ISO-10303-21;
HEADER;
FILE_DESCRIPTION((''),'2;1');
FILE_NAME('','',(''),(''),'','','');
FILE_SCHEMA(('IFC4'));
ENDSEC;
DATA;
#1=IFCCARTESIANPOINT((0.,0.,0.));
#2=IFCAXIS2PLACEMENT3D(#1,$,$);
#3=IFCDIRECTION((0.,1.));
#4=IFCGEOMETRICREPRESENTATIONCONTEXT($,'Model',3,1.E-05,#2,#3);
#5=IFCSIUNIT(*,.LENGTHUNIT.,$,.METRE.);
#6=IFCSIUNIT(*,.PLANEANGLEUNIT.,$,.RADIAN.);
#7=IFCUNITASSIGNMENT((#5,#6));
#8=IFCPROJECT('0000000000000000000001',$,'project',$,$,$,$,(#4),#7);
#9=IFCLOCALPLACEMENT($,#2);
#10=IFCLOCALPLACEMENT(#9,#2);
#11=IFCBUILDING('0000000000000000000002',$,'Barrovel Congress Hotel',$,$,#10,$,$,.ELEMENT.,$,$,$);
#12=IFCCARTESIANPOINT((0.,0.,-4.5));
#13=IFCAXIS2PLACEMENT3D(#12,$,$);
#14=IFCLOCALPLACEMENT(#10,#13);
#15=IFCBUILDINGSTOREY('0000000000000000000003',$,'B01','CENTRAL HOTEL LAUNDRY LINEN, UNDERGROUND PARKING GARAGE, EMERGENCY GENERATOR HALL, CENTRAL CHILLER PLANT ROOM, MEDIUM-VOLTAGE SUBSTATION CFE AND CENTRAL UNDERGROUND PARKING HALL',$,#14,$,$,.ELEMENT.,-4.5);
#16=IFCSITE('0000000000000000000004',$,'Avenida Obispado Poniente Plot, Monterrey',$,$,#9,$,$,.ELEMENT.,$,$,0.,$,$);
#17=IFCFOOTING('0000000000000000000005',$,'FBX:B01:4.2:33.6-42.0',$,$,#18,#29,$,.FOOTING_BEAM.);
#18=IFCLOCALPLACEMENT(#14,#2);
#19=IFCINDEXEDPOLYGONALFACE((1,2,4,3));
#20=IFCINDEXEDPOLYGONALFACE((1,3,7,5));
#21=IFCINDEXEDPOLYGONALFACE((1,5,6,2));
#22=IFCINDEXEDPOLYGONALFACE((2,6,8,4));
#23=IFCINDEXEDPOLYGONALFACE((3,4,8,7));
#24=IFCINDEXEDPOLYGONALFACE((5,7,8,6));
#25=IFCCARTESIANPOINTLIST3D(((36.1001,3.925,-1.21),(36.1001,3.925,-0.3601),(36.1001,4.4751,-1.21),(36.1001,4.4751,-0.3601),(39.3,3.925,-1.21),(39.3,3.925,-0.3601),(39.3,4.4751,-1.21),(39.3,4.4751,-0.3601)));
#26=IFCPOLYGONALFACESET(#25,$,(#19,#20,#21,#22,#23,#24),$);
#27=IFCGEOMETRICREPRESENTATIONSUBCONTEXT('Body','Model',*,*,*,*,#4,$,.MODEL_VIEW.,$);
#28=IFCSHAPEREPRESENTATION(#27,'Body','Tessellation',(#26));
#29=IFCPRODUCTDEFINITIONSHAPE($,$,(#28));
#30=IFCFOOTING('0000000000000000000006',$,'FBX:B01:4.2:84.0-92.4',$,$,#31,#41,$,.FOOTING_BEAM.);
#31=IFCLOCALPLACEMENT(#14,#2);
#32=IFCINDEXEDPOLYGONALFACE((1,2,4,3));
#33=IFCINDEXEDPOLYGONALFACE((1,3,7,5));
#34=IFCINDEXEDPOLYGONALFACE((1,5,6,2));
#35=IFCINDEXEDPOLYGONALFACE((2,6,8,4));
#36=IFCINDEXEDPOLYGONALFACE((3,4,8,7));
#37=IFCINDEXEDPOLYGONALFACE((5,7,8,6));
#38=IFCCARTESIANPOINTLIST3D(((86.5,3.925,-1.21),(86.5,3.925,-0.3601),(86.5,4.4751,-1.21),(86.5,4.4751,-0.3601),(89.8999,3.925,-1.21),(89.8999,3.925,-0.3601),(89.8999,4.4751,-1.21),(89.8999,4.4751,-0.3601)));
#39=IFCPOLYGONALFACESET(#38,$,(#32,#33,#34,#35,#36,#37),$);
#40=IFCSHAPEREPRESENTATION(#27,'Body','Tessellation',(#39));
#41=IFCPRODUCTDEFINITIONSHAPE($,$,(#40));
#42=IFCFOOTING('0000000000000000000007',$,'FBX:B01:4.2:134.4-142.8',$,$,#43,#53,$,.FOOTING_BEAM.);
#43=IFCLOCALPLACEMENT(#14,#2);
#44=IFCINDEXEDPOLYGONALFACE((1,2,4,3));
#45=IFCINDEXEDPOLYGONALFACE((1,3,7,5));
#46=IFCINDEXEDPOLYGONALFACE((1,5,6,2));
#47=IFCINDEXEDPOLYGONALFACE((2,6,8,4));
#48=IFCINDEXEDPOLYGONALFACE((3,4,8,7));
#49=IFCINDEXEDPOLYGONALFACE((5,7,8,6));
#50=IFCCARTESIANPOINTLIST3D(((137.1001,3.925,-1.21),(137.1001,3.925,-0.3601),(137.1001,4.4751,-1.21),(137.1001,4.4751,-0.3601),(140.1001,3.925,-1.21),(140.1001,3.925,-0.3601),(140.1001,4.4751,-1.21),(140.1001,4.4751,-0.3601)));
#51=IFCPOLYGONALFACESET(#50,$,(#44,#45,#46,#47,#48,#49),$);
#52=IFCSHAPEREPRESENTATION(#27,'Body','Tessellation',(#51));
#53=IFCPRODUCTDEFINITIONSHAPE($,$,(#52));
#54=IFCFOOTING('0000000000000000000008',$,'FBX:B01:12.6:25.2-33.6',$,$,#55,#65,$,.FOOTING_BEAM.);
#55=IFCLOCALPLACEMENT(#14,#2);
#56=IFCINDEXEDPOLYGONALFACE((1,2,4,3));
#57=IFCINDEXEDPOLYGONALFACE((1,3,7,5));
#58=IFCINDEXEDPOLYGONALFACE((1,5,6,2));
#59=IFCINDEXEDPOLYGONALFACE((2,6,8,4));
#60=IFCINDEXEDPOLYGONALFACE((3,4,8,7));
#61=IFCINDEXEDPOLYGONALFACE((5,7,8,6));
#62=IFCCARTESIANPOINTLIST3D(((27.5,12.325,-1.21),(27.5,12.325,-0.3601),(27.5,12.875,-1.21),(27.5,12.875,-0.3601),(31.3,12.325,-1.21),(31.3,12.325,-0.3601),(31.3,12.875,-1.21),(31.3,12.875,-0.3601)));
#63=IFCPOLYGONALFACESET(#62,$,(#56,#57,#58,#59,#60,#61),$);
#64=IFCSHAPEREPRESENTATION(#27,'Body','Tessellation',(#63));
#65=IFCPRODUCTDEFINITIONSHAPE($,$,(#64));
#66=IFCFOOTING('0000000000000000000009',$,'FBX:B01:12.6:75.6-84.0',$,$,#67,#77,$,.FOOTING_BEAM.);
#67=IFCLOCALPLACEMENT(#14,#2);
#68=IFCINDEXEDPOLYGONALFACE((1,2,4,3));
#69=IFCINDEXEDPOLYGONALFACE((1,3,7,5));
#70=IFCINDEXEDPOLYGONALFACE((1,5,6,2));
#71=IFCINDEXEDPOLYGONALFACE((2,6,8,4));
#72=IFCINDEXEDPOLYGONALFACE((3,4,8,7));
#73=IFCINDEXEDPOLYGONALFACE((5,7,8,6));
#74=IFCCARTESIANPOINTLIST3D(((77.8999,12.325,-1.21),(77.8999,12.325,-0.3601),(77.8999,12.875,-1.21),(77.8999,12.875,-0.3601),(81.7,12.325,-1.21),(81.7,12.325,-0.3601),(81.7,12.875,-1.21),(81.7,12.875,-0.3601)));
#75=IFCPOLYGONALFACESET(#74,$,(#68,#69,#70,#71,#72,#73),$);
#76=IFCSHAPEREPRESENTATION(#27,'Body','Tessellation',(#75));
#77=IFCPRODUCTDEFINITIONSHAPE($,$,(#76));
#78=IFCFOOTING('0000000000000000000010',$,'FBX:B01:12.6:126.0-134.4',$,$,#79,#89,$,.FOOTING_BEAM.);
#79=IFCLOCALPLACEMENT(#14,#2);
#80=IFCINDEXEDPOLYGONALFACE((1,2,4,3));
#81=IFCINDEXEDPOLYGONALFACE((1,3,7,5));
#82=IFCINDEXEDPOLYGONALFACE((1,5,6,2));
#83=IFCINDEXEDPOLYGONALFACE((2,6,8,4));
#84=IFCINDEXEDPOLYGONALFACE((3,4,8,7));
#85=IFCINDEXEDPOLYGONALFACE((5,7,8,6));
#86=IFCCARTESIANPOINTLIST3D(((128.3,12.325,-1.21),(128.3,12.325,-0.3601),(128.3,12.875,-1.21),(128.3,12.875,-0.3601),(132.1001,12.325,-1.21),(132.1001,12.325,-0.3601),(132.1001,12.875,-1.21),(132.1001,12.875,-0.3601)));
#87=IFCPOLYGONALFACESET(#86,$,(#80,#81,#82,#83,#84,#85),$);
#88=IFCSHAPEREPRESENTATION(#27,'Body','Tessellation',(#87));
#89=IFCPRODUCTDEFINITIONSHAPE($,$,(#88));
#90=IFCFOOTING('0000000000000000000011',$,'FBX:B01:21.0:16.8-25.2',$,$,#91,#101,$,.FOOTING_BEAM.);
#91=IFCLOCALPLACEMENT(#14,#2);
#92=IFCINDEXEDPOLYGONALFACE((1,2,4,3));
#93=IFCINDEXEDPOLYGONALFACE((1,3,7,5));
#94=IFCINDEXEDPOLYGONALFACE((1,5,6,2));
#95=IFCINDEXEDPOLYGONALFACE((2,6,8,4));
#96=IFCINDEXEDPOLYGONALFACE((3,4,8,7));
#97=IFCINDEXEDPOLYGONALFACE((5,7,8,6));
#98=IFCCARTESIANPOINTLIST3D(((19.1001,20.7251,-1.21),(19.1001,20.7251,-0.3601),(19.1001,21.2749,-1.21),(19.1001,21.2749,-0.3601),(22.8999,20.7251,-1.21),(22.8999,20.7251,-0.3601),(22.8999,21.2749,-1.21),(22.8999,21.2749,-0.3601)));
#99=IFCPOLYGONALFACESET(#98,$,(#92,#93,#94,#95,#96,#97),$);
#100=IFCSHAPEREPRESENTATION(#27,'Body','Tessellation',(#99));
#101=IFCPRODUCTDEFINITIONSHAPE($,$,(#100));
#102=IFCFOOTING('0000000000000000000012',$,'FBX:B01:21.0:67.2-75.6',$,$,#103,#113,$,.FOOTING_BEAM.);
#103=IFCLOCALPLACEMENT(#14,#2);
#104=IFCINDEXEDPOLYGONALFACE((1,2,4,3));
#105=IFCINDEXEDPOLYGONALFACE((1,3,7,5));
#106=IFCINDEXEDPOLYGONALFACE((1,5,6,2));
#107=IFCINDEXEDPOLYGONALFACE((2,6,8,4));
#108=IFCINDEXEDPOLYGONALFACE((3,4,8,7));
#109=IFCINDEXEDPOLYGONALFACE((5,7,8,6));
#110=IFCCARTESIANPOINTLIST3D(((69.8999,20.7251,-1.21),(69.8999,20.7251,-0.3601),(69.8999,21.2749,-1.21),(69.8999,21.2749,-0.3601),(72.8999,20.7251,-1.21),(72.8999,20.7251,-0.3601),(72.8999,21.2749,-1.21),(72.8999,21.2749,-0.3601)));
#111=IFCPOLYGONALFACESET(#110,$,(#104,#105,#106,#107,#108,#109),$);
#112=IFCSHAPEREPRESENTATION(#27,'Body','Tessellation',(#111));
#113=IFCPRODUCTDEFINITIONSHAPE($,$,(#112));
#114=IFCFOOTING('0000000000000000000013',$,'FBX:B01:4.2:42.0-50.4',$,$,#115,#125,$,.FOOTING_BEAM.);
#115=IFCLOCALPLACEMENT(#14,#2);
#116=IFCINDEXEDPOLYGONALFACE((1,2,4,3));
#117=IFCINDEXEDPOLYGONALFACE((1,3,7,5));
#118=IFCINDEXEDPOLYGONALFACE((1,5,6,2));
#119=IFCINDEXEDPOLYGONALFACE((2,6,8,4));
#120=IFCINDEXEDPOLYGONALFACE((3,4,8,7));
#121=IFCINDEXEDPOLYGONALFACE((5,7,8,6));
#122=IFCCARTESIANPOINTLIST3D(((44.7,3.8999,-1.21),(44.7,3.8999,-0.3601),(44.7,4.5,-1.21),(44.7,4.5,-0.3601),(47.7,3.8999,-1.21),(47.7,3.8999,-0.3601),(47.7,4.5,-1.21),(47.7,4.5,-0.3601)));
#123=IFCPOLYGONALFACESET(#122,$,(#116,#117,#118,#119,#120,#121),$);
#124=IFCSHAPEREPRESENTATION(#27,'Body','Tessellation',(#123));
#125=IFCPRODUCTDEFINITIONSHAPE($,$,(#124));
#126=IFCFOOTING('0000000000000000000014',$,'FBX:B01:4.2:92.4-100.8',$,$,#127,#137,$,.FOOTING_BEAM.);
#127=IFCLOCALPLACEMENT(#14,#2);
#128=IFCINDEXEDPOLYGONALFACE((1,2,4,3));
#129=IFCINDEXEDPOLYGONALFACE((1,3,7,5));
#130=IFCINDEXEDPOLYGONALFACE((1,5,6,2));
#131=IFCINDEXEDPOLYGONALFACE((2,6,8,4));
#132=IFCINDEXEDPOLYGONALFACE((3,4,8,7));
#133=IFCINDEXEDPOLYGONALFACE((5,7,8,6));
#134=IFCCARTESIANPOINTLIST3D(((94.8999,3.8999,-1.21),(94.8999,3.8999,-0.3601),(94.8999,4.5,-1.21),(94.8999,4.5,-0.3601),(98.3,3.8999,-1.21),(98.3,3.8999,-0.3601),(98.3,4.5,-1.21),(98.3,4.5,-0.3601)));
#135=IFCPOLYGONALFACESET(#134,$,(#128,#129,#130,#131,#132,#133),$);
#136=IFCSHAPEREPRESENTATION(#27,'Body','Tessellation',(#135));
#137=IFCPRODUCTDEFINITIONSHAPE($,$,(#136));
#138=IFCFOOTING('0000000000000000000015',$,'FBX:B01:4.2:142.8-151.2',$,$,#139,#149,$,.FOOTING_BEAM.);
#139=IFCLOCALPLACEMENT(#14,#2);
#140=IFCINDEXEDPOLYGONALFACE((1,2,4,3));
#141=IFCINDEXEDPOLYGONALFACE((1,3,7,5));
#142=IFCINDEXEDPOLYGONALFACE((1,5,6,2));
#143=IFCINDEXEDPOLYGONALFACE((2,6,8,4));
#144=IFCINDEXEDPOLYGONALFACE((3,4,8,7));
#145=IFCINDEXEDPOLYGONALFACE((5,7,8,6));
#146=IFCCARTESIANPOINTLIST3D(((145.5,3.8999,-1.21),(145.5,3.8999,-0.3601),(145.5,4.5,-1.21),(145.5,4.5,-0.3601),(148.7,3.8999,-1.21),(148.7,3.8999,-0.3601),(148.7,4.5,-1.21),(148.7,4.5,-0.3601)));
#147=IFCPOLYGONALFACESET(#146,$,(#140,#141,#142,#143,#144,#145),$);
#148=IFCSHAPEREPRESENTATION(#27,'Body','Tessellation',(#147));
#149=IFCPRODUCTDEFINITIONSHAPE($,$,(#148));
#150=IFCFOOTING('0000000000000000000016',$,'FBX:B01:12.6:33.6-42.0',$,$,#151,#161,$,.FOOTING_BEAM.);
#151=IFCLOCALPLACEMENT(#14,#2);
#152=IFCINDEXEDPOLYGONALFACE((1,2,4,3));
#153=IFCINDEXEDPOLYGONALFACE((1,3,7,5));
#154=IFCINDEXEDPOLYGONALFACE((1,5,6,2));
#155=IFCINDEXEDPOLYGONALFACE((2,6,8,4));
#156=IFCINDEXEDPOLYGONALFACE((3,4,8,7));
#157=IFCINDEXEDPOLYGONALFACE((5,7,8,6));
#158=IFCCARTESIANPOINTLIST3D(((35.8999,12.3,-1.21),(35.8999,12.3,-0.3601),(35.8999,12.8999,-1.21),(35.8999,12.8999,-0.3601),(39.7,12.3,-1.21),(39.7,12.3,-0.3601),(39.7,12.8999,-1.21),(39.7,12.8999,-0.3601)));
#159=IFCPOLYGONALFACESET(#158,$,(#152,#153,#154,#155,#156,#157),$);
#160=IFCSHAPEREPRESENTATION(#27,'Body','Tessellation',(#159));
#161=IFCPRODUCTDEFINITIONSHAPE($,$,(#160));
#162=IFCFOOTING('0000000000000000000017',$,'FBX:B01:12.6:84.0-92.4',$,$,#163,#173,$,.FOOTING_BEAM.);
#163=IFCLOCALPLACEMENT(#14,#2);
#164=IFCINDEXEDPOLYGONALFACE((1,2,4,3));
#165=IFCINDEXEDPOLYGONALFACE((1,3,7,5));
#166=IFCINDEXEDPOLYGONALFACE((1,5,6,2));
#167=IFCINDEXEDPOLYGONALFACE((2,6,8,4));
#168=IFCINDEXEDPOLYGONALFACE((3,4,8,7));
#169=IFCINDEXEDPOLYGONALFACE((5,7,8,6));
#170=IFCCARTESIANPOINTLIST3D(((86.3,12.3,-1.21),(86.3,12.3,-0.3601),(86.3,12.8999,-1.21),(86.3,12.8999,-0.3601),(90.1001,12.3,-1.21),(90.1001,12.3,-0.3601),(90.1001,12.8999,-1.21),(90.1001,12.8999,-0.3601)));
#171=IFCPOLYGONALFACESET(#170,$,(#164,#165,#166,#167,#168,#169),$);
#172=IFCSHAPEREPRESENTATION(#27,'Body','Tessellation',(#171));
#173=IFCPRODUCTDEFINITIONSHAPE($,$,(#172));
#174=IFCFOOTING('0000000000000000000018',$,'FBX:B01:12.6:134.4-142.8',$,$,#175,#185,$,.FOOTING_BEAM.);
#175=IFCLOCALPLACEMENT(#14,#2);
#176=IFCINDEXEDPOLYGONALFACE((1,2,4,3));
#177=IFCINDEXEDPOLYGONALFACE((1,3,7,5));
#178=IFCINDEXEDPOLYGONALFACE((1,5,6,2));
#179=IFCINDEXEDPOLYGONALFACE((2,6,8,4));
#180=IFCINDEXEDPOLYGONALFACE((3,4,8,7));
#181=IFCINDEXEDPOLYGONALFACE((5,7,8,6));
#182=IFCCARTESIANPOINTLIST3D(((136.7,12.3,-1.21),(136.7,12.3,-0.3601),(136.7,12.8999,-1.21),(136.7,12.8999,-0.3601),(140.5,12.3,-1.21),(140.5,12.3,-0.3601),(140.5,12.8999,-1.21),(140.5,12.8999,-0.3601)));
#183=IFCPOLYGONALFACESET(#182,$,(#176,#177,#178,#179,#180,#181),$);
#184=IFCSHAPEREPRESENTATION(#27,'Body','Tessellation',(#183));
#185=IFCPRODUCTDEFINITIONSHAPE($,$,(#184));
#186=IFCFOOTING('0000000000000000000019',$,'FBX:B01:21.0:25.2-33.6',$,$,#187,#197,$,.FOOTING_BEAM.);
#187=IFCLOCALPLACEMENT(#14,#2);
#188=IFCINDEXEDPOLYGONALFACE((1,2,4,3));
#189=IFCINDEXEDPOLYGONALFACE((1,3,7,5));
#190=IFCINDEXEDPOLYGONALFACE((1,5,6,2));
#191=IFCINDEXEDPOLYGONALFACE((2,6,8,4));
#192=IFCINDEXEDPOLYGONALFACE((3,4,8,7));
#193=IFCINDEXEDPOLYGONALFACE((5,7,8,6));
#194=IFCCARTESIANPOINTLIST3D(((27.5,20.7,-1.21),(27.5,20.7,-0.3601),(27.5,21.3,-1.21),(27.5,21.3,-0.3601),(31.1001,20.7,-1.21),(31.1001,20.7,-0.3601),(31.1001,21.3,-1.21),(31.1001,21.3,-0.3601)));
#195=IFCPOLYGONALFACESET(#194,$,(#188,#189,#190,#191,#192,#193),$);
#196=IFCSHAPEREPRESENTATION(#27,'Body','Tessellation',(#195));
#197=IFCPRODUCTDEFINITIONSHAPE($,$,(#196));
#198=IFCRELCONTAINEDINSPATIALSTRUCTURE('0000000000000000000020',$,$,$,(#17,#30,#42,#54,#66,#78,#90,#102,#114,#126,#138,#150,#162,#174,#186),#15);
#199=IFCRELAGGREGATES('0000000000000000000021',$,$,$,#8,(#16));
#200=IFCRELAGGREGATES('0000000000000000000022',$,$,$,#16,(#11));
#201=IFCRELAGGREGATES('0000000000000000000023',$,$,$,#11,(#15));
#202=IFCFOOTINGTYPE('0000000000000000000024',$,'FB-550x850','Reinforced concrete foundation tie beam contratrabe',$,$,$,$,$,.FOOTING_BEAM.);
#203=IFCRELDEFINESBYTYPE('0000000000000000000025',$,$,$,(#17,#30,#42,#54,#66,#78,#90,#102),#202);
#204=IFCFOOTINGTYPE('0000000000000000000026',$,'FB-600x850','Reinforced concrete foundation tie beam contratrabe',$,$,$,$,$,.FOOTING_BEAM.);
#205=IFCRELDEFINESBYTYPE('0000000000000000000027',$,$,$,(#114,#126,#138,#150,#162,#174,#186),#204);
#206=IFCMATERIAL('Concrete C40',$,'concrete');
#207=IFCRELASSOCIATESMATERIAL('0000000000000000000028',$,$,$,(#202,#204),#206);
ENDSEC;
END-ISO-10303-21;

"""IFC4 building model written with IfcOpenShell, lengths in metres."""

from ifc_helpers import new_model, si_unit, direction, frame, origin, place, context, subcontext, project, spatial, polyline, outline, extrude, material, type_object, element, save


model = new_model("IFC4")

# Units and contexts
model_context = context("Model", 3, precision=1e-05, world=origin(), true_north=direction((0.0, 1.0)))
body_context = subcontext(model_context, "Body", "Model", "MODEL_VIEW")
ifc_project = project(units=[si_unit("LENGTHUNIT", "METRE"), si_unit("PLANEANGLEUNIT", "RADIAN")], contexts=[model_context])

# Site, building, storey
site_placement = place(None, origin())
site = spatial("IfcSite", under=ifc_project, at=site_placement, Name="Avenida Obispado Poniente Plot, Monterrey", CompositionType="ELEMENT", RefElevation=0.0)
building_placement = place(site_placement, origin())
building = spatial("IfcBuilding", under=site, at=building_placement, Name="Barrovel Congress Hotel", CompositionType="ELEMENT")
storey_placement = place(building_placement, frame((0.0, 0.0, -4.5)))
storey = spatial("IfcBuildingStorey", under=building, at=storey_placement, Name="B01", Description="CENTRAL HOTEL LAUNDRY LINEN, UNDERGROUND PARKING GARAGE, EMERGENCY GENERATOR HALL, CENTRAL CHILLER PLANT ROOM, MEDIUM-VOLTAGE SUBSTATION CFE AND CENTRAL UNDERGROUND PARKING HALL", CompositionType="ELEMENT", Elevation=-4.5)

# Footings
ifc_material = material(Name="Concrete C40", Category="concrete")
footing_type_1 = type_object("IfcFootingType", Name="FB-550x850", Description="Reinforced concrete foundation tie beam contratrabe", PredefinedType="FOOTING_BEAM", material=ifc_material)
footing_1_placement = place(storey_placement, frame((0.0, 0.0, -1.21)))
element("IfcFooting", 1, at=footing_1_placement, inside=storey, type_object=footing_type_1, Name="FBX:B01:4.2:33.6-42.0", PredefinedType="FOOTING_BEAM", context=body_context, shape_type="SweptSolid", body=[
    extrude(outline(polyline([(36.1001, 3.925), (39.3, 3.925), (39.3, 4.4751), (36.1001, 4.4751), (36.1001, 3.925)])), origin(), (0.0, 0.0, 1.0), 0.8499),
])
footing_2_placement = place(storey_placement, frame((0.0, 0.0, -1.21)))
element("IfcFooting", 2, at=footing_2_placement, inside=storey, type_object=footing_type_1, Name="FBX:B01:4.2:84.0-92.4", PredefinedType="FOOTING_BEAM", context=body_context, shape_type="SweptSolid", body=[
    extrude(outline(polyline([(86.5, 3.925), (89.8999, 3.925), (89.8999, 4.4751), (86.5, 4.4751), (86.5, 3.925)])), origin(), (0.0, 0.0, 1.0), 0.8499),
])
footing_3_placement = place(storey_placement, frame((0.0, 0.0, -1.21)))
element("IfcFooting", 3, at=footing_3_placement, inside=storey, type_object=footing_type_1, Name="FBX:B01:4.2:134.4-142.8", PredefinedType="FOOTING_BEAM", context=body_context, shape_type="SweptSolid", body=[
    extrude(outline(polyline([(137.1001, 3.925), (140.1001, 3.925), (140.1001, 4.4751), (137.1001, 4.4751), (137.1001, 3.925)])), origin(), (0.0, 0.0, 1.0), 0.8499),
])
footing_4_placement = place(storey_placement, frame((0.0, 0.0, -1.21)))
element("IfcFooting", 4, at=footing_4_placement, inside=storey, type_object=footing_type_1, Name="FBX:B01:12.6:25.2-33.6", PredefinedType="FOOTING_BEAM", context=body_context, shape_type="SweptSolid", body=[
    extrude(outline(polyline([(27.5, 12.325), (31.3, 12.325), (31.3, 12.875), (27.5, 12.875), (27.5, 12.325)])), origin(), (0.0, 0.0, 1.0), 0.8499),
])
footing_5_placement = place(storey_placement, frame((0.0, 0.0, -1.21)))
element("IfcFooting", 5, at=footing_5_placement, inside=storey, type_object=footing_type_1, Name="FBX:B01:12.6:75.6-84.0", PredefinedType="FOOTING_BEAM", context=body_context, shape_type="SweptSolid", body=[
    extrude(outline(polyline([(77.8999, 12.325), (81.7, 12.325), (81.7, 12.875), (77.8999, 12.875), (77.8999, 12.325)])), origin(), (0.0, 0.0, 1.0), 0.8499),
])
footing_6_placement = place(storey_placement, frame((0.0, 0.0, -1.21)))
element("IfcFooting", 6, at=footing_6_placement, inside=storey, type_object=footing_type_1, Name="FBX:B01:12.6:126.0-134.4", PredefinedType="FOOTING_BEAM", context=body_context, shape_type="SweptSolid", body=[
    extrude(outline(polyline([(128.3, 12.325), (132.1001, 12.325), (132.1001, 12.875), (128.3, 12.875), (128.3, 12.325)])), origin(), (0.0, 0.0, 1.0), 0.8499),
])
footing_7_placement = place(storey_placement, frame((0.0, 0.0, -1.21)))
element("IfcFooting", 7, at=footing_7_placement, inside=storey, type_object=footing_type_1, Name="FBX:B01:21.0:16.8-25.2", PredefinedType="FOOTING_BEAM", context=body_context, shape_type="SweptSolid", body=[
    extrude(outline(polyline([(19.1001, 20.7251), (22.8999, 20.7251), (22.8999, 21.2749), (19.1001, 21.2749), (19.1001, 20.7251)])), origin(), (0.0, 0.0, 1.0), 0.8499),
])
footing_8_placement = place(storey_placement, frame((0.0, 0.0, -1.21)))
element("IfcFooting", 8, at=footing_8_placement, inside=storey, type_object=footing_type_1, Name="FBX:B01:21.0:67.2-75.6", PredefinedType="FOOTING_BEAM", context=body_context, shape_type="SweptSolid", body=[
    extrude(outline(polyline([(69.8999, 20.7251), (72.8999, 20.7251), (72.8999, 21.2749), (69.8999, 21.2749), (69.8999, 20.7251)])), origin(), (0.0, 0.0, 1.0), 0.8499),
])
footing_type_2 = type_object("IfcFootingType", Name="FB-600x850", Description="Reinforced concrete foundation tie beam contratrabe", PredefinedType="FOOTING_BEAM", material=ifc_material)
footing_9_placement = place(storey_placement, frame((0.0, 0.0, -1.21)))
element("IfcFooting", 9, at=footing_9_placement, inside=storey, type_object=footing_type_2, Name="FBX:B01:4.2:42.0-50.4", PredefinedType="FOOTING_BEAM", context=body_context, shape_type="SweptSolid", body=[
    extrude(outline(polyline([(44.7, 3.8999), (47.7, 3.8999), (47.7, 4.5), (44.7, 4.5), (44.7, 3.8999)])), origin(), (0.0, 0.0, 1.0), 0.8499),
])
footing_10_placement = place(storey_placement, frame((0.0, 0.0, -1.21)))
element("IfcFooting", 10, at=footing_10_placement, inside=storey, type_object=footing_type_2, Name="FBX:B01:4.2:92.4-100.8", PredefinedType="FOOTING_BEAM", context=body_context, shape_type="SweptSolid", body=[
    extrude(outline(polyline([(94.8999, 3.8999), (98.3, 3.8999), (98.3, 4.5), (94.8999, 4.5), (94.8999, 3.8999)])), origin(), (0.0, 0.0, 1.0), 0.8499),
])
footing_11_placement = place(storey_placement, frame((0.0, 0.0, -1.21)))
element("IfcFooting", 11, at=footing_11_placement, inside=storey, type_object=footing_type_2, Name="FBX:B01:4.2:142.8-151.2", PredefinedType="FOOTING_BEAM", context=body_context, shape_type="SweptSolid", body=[
    extrude(outline(polyline([(145.5, 3.8999), (148.7, 3.8999), (148.7, 4.5), (145.5, 4.5), (145.5, 3.8999)])), origin(), (0.0, 0.0, 1.0), 0.8499),
])
footing_12_placement = place(storey_placement, frame((0.0, 0.0, -1.21)))
element("IfcFooting", 12, at=footing_12_placement, inside=storey, type_object=footing_type_2, Name="FBX:B01:12.6:33.6-42.0", PredefinedType="FOOTING_BEAM", context=body_context, shape_type="SweptSolid", body=[
    extrude(outline(polyline([(35.8999, 12.3), (39.7, 12.3), (39.7, 12.8999), (35.8999, 12.8999), (35.8999, 12.3)])), origin(), (0.0, 0.0, 1.0), 0.8499),
])
footing_13_placement = place(storey_placement, frame((0.0, 0.0, -1.21)))
element("IfcFooting", 13, at=footing_13_placement, inside=storey, type_object=footing_type_2, Name="FBX:B01:12.6:84.0-92.4", PredefinedType="FOOTING_BEAM", context=body_context, shape_type="SweptSolid", body=[
    extrude(outline(polyline([(86.3, 12.3), (90.1001, 12.3), (90.1001, 12.8999), (86.3, 12.8999), (86.3, 12.3)])), origin(), (0.0, 0.0, 1.0), 0.8499),
])
footing_14_placement = place(storey_placement, frame((0.0, 0.0, -1.21)))
element("IfcFooting", 14, at=footing_14_placement, inside=storey, type_object=footing_type_2, Name="FBX:B01:12.6:134.4-142.8", PredefinedType="FOOTING_BEAM", context=body_context, shape_type="SweptSolid", body=[
    extrude(outline(polyline([(136.7, 12.3), (140.5, 12.3), (140.5, 12.8999), (136.7, 12.8999), (136.7, 12.3)])), origin(), (0.0, 0.0, 1.0), 0.8499),
])
footing_15_placement = place(storey_placement, frame((0.0, 0.0, -1.21)))
element("IfcFooting", 15, at=footing_15_placement, inside=storey, type_object=footing_type_2, Name="FBX:B01:21.0:25.2-33.6", PredefinedType="FOOTING_BEAM", context=body_context, shape_type="SweptSolid", body=[
    extrude(outline(polyline([(27.5, 20.7), (31.1001, 20.7), (31.1001, 21.3), (27.5, 21.3), (27.5, 20.7)])), origin(), (0.0, 0.0, 1.0), 0.8499),
])

save(model, "model.ifc")
